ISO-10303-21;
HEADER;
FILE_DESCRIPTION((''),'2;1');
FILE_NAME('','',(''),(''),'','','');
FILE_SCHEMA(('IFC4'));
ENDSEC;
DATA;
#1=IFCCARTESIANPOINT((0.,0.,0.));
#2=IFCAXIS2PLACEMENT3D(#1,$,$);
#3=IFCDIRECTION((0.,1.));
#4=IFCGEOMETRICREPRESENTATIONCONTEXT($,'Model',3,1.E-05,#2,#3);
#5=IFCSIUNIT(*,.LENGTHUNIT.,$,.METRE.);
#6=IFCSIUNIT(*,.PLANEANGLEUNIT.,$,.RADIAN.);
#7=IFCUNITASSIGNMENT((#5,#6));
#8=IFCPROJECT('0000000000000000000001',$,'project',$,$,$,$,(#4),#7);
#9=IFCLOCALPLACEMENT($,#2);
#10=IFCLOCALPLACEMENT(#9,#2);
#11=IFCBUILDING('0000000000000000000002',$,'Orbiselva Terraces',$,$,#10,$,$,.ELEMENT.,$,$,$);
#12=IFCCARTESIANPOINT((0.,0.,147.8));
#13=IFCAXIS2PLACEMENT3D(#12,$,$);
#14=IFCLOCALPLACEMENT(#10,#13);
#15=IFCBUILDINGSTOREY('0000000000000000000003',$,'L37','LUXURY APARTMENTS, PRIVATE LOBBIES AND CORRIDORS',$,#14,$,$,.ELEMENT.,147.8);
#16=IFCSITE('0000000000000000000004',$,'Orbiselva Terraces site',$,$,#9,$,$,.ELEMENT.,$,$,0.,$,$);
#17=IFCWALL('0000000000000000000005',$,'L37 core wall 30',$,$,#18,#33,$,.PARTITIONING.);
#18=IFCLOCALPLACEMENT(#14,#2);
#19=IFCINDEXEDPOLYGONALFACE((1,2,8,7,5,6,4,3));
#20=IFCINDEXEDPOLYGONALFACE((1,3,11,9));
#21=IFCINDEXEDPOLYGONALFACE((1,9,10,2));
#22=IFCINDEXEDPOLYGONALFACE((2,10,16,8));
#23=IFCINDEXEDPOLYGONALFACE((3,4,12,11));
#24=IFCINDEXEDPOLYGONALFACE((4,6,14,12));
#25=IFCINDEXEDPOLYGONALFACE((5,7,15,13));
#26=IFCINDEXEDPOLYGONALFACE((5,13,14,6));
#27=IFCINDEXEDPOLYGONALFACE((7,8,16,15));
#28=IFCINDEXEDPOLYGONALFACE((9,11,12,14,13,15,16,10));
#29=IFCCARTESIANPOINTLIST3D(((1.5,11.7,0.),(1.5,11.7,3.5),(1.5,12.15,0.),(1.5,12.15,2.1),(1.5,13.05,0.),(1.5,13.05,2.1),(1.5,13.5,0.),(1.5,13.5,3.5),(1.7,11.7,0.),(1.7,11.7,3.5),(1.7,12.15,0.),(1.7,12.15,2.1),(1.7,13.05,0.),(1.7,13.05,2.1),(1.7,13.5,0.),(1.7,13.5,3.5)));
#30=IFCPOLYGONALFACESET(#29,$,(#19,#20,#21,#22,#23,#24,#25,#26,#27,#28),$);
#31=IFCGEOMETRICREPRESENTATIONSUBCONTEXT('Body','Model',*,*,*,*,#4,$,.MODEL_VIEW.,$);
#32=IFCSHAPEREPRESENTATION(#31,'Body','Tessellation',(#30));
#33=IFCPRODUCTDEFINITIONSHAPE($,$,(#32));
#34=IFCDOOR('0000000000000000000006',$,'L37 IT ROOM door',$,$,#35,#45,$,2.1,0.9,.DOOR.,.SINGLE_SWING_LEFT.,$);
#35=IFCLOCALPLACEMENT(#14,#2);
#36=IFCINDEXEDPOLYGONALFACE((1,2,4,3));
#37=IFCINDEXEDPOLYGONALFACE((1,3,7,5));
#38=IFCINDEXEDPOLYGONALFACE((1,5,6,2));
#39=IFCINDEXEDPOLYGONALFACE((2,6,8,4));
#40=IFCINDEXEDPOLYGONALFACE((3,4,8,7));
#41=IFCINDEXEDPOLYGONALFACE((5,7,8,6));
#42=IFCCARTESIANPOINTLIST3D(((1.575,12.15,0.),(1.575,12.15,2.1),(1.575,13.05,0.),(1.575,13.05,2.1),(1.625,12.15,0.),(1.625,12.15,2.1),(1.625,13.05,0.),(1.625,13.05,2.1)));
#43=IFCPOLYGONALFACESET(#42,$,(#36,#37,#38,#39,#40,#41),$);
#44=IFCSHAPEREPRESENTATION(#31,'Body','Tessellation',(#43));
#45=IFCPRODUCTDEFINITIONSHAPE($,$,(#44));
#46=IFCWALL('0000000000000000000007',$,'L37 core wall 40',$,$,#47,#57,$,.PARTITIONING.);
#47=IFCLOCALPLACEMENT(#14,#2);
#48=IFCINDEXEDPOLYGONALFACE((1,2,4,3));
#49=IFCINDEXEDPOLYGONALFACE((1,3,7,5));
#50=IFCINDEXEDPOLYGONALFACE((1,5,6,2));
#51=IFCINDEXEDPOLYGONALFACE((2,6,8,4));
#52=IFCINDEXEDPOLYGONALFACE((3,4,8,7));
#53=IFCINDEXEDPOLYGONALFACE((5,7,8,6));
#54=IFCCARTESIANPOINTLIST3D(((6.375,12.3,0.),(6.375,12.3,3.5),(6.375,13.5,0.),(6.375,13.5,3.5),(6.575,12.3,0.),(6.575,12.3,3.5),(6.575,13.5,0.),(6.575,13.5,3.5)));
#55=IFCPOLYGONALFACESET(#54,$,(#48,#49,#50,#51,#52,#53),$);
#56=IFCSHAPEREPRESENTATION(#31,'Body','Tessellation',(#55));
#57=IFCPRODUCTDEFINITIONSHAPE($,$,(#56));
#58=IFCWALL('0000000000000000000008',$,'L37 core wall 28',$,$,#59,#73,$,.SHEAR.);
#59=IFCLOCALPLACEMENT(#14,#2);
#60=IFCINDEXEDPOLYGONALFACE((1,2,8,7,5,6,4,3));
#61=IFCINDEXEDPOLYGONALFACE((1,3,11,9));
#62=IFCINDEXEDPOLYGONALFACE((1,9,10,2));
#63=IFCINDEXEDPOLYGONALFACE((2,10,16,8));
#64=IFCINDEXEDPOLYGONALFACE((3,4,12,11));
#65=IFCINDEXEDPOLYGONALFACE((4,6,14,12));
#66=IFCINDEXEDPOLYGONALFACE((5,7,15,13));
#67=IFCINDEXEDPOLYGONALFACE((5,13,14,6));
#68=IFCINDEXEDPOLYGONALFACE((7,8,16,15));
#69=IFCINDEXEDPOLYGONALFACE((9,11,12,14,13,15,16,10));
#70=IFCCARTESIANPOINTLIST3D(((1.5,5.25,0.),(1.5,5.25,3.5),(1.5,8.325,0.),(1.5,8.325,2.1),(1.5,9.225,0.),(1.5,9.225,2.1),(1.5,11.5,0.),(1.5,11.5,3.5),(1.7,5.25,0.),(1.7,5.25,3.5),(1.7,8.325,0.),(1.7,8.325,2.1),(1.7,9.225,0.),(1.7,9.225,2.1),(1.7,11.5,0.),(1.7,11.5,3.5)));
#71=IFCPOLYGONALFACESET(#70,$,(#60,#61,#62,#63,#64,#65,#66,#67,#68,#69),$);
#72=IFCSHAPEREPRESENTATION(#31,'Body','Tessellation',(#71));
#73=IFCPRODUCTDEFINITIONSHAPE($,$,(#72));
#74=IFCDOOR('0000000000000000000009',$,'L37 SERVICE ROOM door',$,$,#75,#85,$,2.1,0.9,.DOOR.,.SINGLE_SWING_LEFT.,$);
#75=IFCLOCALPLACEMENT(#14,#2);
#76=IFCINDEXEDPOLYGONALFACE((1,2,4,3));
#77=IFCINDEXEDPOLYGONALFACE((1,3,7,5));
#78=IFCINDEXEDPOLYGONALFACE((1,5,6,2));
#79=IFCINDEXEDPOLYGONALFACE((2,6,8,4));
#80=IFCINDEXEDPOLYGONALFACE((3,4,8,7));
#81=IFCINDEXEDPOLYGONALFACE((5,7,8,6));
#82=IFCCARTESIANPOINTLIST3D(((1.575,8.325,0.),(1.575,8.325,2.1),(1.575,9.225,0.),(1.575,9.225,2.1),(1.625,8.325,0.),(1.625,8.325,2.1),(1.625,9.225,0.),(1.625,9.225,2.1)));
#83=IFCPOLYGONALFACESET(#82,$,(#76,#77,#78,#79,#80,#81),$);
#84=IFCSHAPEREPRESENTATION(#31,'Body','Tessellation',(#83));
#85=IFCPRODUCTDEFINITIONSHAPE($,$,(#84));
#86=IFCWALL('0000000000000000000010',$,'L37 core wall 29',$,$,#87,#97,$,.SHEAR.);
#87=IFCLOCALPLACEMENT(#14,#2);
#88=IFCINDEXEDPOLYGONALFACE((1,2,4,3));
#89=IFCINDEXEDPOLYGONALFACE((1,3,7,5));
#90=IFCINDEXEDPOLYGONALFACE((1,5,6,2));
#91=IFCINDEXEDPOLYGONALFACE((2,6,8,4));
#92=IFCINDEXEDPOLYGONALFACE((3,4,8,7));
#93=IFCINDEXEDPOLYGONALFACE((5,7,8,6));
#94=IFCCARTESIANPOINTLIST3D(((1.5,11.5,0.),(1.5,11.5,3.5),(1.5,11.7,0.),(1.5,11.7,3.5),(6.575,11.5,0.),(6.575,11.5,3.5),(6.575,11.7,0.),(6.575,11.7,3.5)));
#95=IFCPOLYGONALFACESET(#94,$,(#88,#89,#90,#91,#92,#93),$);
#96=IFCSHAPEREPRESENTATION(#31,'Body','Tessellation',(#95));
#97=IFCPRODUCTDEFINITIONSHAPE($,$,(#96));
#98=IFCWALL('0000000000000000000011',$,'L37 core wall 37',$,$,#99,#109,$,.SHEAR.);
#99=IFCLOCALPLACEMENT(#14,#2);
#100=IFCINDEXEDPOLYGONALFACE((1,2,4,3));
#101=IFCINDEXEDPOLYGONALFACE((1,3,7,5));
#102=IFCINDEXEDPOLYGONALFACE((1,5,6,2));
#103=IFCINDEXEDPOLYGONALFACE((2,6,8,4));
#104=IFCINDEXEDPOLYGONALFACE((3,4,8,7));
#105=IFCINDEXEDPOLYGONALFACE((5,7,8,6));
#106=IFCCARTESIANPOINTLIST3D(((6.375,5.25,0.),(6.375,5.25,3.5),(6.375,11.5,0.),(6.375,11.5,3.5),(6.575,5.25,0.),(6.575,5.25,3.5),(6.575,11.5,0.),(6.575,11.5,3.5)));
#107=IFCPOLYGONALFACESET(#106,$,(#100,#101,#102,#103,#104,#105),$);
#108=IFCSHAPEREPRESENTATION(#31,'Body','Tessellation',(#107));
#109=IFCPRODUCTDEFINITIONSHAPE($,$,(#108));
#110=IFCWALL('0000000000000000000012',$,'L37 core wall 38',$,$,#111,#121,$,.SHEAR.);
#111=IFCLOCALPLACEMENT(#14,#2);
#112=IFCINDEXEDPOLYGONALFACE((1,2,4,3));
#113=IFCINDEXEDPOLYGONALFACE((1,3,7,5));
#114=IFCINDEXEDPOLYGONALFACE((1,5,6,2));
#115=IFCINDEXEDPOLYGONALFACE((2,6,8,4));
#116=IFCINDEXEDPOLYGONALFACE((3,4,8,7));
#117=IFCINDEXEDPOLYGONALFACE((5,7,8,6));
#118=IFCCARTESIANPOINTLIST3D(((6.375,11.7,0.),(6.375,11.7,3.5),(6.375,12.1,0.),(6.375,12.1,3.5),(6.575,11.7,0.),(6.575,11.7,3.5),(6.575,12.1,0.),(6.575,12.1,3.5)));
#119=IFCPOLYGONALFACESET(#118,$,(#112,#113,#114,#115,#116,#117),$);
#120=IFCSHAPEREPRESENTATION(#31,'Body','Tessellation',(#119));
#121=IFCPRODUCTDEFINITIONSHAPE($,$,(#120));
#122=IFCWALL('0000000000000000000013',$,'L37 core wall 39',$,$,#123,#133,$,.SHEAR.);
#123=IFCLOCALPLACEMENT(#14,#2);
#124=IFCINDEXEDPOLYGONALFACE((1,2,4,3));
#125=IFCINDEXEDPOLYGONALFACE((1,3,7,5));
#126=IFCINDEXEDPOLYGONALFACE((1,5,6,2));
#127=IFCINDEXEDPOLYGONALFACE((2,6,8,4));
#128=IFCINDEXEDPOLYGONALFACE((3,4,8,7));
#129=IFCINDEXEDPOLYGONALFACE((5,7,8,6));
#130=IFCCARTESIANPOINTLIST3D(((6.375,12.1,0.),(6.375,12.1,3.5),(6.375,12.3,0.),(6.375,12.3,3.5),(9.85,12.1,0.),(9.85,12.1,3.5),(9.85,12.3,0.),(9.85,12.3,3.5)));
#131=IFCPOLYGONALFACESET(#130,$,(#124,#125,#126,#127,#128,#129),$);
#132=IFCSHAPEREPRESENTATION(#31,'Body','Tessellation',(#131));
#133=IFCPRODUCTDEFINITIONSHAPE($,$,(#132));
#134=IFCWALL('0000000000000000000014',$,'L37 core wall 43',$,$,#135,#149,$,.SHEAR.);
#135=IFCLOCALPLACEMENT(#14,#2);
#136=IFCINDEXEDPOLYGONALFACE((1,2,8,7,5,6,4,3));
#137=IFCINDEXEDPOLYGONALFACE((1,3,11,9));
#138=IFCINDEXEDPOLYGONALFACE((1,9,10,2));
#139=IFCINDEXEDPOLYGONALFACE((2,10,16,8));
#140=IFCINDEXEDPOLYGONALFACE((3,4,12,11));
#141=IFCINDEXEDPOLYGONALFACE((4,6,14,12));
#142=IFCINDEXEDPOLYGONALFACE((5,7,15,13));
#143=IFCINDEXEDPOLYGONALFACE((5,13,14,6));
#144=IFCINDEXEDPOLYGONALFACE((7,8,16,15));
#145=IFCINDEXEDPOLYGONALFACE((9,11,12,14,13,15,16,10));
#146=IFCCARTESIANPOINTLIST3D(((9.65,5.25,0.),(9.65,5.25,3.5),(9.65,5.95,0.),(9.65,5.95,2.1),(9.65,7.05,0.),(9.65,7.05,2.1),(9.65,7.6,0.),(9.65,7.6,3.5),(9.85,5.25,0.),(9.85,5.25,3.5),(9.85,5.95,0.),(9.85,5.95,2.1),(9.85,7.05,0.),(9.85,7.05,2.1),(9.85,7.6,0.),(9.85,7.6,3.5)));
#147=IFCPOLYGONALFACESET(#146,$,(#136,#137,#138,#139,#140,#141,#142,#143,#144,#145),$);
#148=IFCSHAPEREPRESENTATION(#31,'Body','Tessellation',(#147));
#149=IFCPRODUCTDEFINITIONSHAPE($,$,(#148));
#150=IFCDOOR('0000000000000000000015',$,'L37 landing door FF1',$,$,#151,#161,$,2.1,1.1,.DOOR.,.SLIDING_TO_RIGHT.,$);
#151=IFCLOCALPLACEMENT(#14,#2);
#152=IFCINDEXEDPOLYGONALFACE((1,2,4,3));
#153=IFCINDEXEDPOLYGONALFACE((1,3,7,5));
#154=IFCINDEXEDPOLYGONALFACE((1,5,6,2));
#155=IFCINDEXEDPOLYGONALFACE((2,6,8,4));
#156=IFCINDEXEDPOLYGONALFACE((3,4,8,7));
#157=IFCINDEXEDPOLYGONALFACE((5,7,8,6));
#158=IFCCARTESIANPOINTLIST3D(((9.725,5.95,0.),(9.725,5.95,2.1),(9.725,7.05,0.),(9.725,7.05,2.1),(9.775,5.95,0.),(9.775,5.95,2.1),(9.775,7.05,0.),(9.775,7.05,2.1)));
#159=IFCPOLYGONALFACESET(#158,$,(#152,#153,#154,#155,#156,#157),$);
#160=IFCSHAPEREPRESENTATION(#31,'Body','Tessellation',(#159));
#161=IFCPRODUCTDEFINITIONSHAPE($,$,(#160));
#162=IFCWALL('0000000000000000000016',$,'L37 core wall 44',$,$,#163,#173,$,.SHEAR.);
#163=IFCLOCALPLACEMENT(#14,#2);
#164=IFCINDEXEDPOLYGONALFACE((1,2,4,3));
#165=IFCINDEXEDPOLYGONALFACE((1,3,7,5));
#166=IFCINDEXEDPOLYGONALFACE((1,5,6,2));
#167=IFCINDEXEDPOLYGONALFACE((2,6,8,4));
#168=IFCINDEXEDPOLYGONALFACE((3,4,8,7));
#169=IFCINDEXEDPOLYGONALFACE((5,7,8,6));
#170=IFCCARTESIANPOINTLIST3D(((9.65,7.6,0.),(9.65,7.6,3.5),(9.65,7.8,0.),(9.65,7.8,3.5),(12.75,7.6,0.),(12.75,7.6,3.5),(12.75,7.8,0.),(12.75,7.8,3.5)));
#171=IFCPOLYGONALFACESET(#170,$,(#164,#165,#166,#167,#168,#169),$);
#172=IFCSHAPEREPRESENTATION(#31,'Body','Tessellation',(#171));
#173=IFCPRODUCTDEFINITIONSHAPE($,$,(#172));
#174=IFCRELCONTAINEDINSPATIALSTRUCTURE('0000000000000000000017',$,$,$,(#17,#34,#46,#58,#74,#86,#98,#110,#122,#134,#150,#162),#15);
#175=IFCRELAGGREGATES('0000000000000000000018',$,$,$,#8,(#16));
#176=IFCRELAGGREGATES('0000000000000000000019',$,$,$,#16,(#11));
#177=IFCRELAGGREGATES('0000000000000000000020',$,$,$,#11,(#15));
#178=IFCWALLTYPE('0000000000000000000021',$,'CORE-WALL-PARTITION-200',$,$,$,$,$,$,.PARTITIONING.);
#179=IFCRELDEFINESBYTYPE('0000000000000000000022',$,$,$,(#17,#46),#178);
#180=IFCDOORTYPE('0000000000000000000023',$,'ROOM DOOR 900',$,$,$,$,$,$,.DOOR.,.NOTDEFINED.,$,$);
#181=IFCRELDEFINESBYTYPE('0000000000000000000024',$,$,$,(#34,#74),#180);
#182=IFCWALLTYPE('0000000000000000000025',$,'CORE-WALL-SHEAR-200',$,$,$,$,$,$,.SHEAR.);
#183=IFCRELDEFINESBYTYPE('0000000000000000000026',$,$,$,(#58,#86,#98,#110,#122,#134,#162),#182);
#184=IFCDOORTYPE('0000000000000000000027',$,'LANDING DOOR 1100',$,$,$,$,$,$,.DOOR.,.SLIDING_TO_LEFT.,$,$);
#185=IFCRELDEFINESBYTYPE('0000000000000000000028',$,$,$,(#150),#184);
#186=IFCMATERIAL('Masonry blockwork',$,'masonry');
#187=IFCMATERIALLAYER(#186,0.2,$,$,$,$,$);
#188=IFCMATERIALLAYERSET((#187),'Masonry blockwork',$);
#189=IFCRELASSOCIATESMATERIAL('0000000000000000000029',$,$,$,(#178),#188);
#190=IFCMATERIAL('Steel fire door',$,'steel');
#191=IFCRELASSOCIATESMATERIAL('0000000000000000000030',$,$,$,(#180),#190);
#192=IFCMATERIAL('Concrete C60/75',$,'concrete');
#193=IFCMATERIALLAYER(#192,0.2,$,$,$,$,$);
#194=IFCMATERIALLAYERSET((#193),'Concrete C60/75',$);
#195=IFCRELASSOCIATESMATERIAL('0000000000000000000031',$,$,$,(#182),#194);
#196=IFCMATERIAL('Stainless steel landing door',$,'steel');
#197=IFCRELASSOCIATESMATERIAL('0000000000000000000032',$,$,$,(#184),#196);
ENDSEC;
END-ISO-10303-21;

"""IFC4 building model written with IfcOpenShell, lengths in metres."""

from ifc_helpers import new_model, si_unit, direction, frame, frame_2d, origin, place, context, subcontext, project, spatial, rectangle, extrude, material, layer, layer_set, type_object, element, fill, save


model = new_model("IFC4")

# Units and contexts
model_context = context("Model", 3, precision=1e-05, world=origin(), true_north=direction((0.0, 1.0)))
body_context = subcontext(model_context, "Body", "Model", "MODEL_VIEW")
ifc_project = project(units=[si_unit("LENGTHUNIT", "METRE"), si_unit("PLANEANGLEUNIT", "RADIAN")], contexts=[model_context])

# Site, building, storey
site_placement = place(None, origin())
site = spatial("IfcSite", under=ifc_project, at=site_placement, Name="Orbiselva Terraces site", CompositionType="ELEMENT", RefElevation=0.0)
building_placement = place(site_placement, origin())
building = spatial("IfcBuilding", under=site, at=building_placement, Name="Orbiselva Terraces", CompositionType="ELEMENT")
storey_placement = place(building_placement, frame((0.0, 0.0, 147.8)))
storey = spatial("IfcBuildingStorey", under=building, at=storey_placement, Name="L37", Description="LUXURY APARTMENTS, PRIVATE LOBBIES AND CORRIDORS", CompositionType="ELEMENT", Elevation=147.8)

# Wall, opening, door
ifc_material_1 = material(Name="Masonry blockwork", Category="masonry")
ifc_layer_1 = layer(ifc_material_1, 0.2)
ifc_layer_set_1 = layer_set([ifc_layer_1], Name="Masonry blockwork")
wall_type_1 = type_object("IfcWallType", Name="CORE-WALL-PARTITION-200", PredefinedType="PARTITIONING", material=ifc_layer_set_1)
wall_1_placement = place(storey_placement, frame((1.6, 13.5, 0.0), z_axis=(0.0, 0.0, 1.0), x_axis=(0.0, -1.0, 0.0)))
wall_1 = element("IfcWall", 1, at=wall_1_placement, inside=storey, type_object=wall_type_1, Name="L37 core wall 30", PredefinedType="PARTITIONING", context=body_context, shape_type="SweptSolid", body=[
    extrude(rectangle(XDim=1.8, YDim=0.2, at=frame_2d((0.9, 0.0))), origin(), (0.0, 0.0, 1.0), 3.5),
])
opening_1_placement = place(wall_1_placement, frame((0.45, 0.0, 0.0)))
opening_1 = element("IfcOpeningElement", 2, at=opening_1_placement, cuts=wall_1, PredefinedType="OPENING", context=body_context, shape_type="SweptSolid", body=[
    extrude(rectangle(XDim=0.9, YDim=2.1, at=frame_2d((0.45, 1.05))), frame((0.0, 0.11, 0.0), z_axis=(0.0, -1.0, 0.0), x_axis=(1.0, 0.0, 0.0)), (0.0, 0.0, 1.0), 0.22),
])
ifc_material_2 = material(Name="Steel fire door", Category="steel")
door_type_1 = type_object("IfcDoorType", Name="ROOM DOOR 900", OperationType="NOTDEFINED", PredefinedType="DOOR", material=ifc_material_2)
door_1_placement = place(opening_1_placement, origin())
door_1 = element("IfcDoor", 3, at=door_1_placement, inside=storey, type_object=door_type_1, Name="L37 IT ROOM door", OperationType="SINGLE_SWING_LEFT", OverallHeight=2.1, OverallWidth=0.9, PredefinedType="DOOR", context=body_context, shape_type="SweptSolid", body=[
    extrude(rectangle(XDim=0.9, YDim=2.1, at=frame_2d((0.45, 1.05))), frame((0.0, 0.025, 0.0), z_axis=(0.0, -1.0, 0.0), x_axis=(1.0, 0.0, 0.0)), (0.0, 0.0, 1.0), 0.05),
])
fill(opening_1, door_1)

# Wall
wall_2_placement = place(storey_placement, frame((6.475, 12.3, 0.0), z_axis=(0.0, 0.0, 1.0), x_axis=(0.0, 1.0, 0.0)))
element("IfcWall", 4, at=wall_2_placement, inside=storey, type_object=wall_type_1, Name="L37 core wall 40", PredefinedType="PARTITIONING", context=body_context, shape_type="SweptSolid", body=[
    extrude(rectangle(XDim=1.2, YDim=0.2, at=frame_2d((0.6, 0.0))), origin(), (0.0, 0.0, 1.0), 3.5),
])

# Wall, opening, door
ifc_material_3 = material(Name="Concrete C60/75", Category="concrete")
ifc_layer_2 = layer(ifc_material_3, 0.2)
ifc_layer_set_2 = layer_set([ifc_layer_2], Name="Concrete C60/75")
wall_type_2 = type_object("IfcWallType", Name="CORE-WALL-SHEAR-200", PredefinedType="SHEAR", material=ifc_layer_set_2)
wall_3_placement = place(storey_placement, frame((1.6, 11.5, 0.0), z_axis=(0.0, 0.0, 1.0), x_axis=(0.0, -1.0, 0.0)))
wall_3 = element("IfcWall", 5, at=wall_3_placement, inside=storey, type_object=wall_type_2, Name="L37 core wall 28", PredefinedType="SHEAR", context=body_context, shape_type="SweptSolid", body=[
    extrude(rectangle(XDim=6.25, YDim=0.2, at=frame_2d((3.125, 0.0))), origin(), (0.0, 0.0, 1.0), 3.5),
])
opening_2_placement = place(wall_3_placement, frame((2.275, 0.0, 0.0)))
opening_2 = element("IfcOpeningElement", 6, at=opening_2_placement, cuts=wall_3, PredefinedType="OPENING", context=body_context, shape_type="SweptSolid", body=[
    extrude(rectangle(XDim=0.9, YDim=2.1, at=frame_2d((0.45, 1.05))), frame((0.0, 0.11, 0.0), z_axis=(0.0, -1.0, 0.0), x_axis=(1.0, 0.0, 0.0)), (0.0, 0.0, 1.0), 0.22),
])
door_2_placement = place(opening_2_placement, origin())
door_2 = element("IfcDoor", 7, at=door_2_placement, inside=storey, type_object=door_type_1, Name="L37 SERVICE ROOM door", OperationType="SINGLE_SWING_LEFT", OverallHeight=2.1, OverallWidth=0.9, PredefinedType="DOOR", context=body_context, shape_type="SweptSolid", body=[
    extrude(rectangle(XDim=0.9, YDim=2.1, at=frame_2d((0.45, 1.05))), frame((0.0, 0.025, 0.0), z_axis=(0.0, -1.0, 0.0), x_axis=(1.0, 0.0, 0.0)), (0.0, 0.0, 1.0), 0.05),
])
fill(opening_2, door_2)

# Walls
wall_4_placement = place(storey_placement, frame((1.5, 11.6, 0.0), z_axis=(0.0, 0.0, 1.0), x_axis=(1.0, 0.0, 0.0)))
element("IfcWall", 8, at=wall_4_placement, inside=storey, type_object=wall_type_2, Name="L37 core wall 29", PredefinedType="SHEAR", context=body_context, shape_type="SweptSolid", body=[
    extrude(rectangle(XDim=5.075, YDim=0.2, at=frame_2d((2.5375, 0.0))), origin(), (0.0, 0.0, 1.0), 3.5),
])
wall_5_placement = place(storey_placement, frame((6.475, 5.25, 0.0), z_axis=(0.0, 0.0, 1.0), x_axis=(0.0, 1.0, 0.0)))
element("IfcWall", 9, at=wall_5_placement, inside=storey, type_object=wall_type_2, Name="L37 core wall 37", PredefinedType="SHEAR", context=body_context, shape_type="SweptSolid", body=[
    extrude(rectangle(XDim=6.25, YDim=0.2, at=frame_2d((3.125, 0.0))), origin(), (0.0, 0.0, 1.0), 3.5),
])
wall_6_placement = place(storey_placement, frame((6.475, 11.7, 0.0), z_axis=(0.0, 0.0, 1.0), x_axis=(0.0, 1.0, 0.0)))
element("IfcWall", 10, at=wall_6_placement, inside=storey, type_object=wall_type_2, Name="L37 core wall 38", PredefinedType="SHEAR", context=body_context, shape_type="SweptSolid", body=[
    extrude(rectangle(XDim=0.4, YDim=0.2, at=frame_2d((0.2, 0.0))), origin(), (0.0, 0.0, 1.0), 3.5),
])
wall_7_placement = place(storey_placement, frame((6.375, 12.2, 0.0), z_axis=(0.0, 0.0, 1.0), x_axis=(1.0, 0.0, 0.0)))
element("IfcWall", 11, at=wall_7_placement, inside=storey, type_object=wall_type_2, Name="L37 core wall 39", PredefinedType="SHEAR", context=body_context, shape_type="SweptSolid", body=[
    extrude(rectangle(XDim=3.475, YDim=0.2, at=frame_2d((1.7375, 0.0))), origin(), (0.0, 0.0, 1.0), 3.5),
])

# Wall, opening, door
wall_8_placement = place(storey_placement, frame((9.75, 5.25, 0.0), z_axis=(0.0, 0.0, 1.0), x_axis=(0.0, 1.0, 0.0)))
wall_8 = element("IfcWall", 12, at=wall_8_placement, inside=storey, type_object=wall_type_2, Name="L37 core wall 43", PredefinedType="SHEAR", context=body_context, shape_type="SweptSolid", body=[
    extrude(rectangle(XDim=2.35, YDim=0.2, at=frame_2d((1.175, 0.0))), origin(), (0.0, 0.0, 1.0), 3.5),
])
opening_3_placement = place(wall_8_placement, frame((0.7, 0.0, 0.0)))
opening_3 = element("IfcOpeningElement", 13, at=opening_3_placement, cuts=wall_8, PredefinedType="OPENING", context=body_context, shape_type="SweptSolid", body=[
    extrude(rectangle(XDim=1.1, YDim=2.1, at=frame_2d((0.55, 1.05))), frame((0.0, 0.11, 0.0), z_axis=(0.0, -1.0, 0.0), x_axis=(1.0, 0.0, 0.0)), (0.0, 0.0, 1.0), 0.22),
])
ifc_material_4 = material(Name="Stainless steel landing door", Category="steel")
door_type_2 = type_object("IfcDoorType", Name="LANDING DOOR 1100", OperationType="SLIDING_TO_LEFT", PredefinedType="DOOR", material=ifc_material_4)
door_3_placement = place(opening_3_placement, origin())
door_3 = element("IfcDoor", 14, at=door_3_placement, inside=storey, type_object=door_type_2, Name="L37 landing door FF1", OperationType="SLIDING_TO_RIGHT", OverallHeight=2.1, OverallWidth=1.1, PredefinedType="DOOR", context=body_context, shape_type="SweptSolid", body=[
    extrude(rectangle(XDim=1.1, YDim=2.1, at=frame_2d((0.55, 1.05))), frame((0.0, 0.025, 0.0), z_axis=(0.0, -1.0, 0.0), x_axis=(1.0, 0.0, 0.0)), (0.0, 0.0, 1.0), 0.05),
])
fill(opening_3, door_3)

# Wall
wall_9_placement = place(storey_placement, frame((9.65, 7.7, 0.0), z_axis=(0.0, 0.0, 1.0), x_axis=(1.0, 0.0, 0.0)))
element("IfcWall", 15, at=wall_9_placement, inside=storey, type_object=wall_type_2, Name="L37 core wall 44", PredefinedType="SHEAR", context=body_context, shape_type="SweptSolid", body=[
    extrude(rectangle(XDim=3.1, YDim=0.2, at=frame_2d((1.55, 0.0))), origin(), (0.0, 0.0, 1.0), 3.5),
])

save(model, "model.ifc")
